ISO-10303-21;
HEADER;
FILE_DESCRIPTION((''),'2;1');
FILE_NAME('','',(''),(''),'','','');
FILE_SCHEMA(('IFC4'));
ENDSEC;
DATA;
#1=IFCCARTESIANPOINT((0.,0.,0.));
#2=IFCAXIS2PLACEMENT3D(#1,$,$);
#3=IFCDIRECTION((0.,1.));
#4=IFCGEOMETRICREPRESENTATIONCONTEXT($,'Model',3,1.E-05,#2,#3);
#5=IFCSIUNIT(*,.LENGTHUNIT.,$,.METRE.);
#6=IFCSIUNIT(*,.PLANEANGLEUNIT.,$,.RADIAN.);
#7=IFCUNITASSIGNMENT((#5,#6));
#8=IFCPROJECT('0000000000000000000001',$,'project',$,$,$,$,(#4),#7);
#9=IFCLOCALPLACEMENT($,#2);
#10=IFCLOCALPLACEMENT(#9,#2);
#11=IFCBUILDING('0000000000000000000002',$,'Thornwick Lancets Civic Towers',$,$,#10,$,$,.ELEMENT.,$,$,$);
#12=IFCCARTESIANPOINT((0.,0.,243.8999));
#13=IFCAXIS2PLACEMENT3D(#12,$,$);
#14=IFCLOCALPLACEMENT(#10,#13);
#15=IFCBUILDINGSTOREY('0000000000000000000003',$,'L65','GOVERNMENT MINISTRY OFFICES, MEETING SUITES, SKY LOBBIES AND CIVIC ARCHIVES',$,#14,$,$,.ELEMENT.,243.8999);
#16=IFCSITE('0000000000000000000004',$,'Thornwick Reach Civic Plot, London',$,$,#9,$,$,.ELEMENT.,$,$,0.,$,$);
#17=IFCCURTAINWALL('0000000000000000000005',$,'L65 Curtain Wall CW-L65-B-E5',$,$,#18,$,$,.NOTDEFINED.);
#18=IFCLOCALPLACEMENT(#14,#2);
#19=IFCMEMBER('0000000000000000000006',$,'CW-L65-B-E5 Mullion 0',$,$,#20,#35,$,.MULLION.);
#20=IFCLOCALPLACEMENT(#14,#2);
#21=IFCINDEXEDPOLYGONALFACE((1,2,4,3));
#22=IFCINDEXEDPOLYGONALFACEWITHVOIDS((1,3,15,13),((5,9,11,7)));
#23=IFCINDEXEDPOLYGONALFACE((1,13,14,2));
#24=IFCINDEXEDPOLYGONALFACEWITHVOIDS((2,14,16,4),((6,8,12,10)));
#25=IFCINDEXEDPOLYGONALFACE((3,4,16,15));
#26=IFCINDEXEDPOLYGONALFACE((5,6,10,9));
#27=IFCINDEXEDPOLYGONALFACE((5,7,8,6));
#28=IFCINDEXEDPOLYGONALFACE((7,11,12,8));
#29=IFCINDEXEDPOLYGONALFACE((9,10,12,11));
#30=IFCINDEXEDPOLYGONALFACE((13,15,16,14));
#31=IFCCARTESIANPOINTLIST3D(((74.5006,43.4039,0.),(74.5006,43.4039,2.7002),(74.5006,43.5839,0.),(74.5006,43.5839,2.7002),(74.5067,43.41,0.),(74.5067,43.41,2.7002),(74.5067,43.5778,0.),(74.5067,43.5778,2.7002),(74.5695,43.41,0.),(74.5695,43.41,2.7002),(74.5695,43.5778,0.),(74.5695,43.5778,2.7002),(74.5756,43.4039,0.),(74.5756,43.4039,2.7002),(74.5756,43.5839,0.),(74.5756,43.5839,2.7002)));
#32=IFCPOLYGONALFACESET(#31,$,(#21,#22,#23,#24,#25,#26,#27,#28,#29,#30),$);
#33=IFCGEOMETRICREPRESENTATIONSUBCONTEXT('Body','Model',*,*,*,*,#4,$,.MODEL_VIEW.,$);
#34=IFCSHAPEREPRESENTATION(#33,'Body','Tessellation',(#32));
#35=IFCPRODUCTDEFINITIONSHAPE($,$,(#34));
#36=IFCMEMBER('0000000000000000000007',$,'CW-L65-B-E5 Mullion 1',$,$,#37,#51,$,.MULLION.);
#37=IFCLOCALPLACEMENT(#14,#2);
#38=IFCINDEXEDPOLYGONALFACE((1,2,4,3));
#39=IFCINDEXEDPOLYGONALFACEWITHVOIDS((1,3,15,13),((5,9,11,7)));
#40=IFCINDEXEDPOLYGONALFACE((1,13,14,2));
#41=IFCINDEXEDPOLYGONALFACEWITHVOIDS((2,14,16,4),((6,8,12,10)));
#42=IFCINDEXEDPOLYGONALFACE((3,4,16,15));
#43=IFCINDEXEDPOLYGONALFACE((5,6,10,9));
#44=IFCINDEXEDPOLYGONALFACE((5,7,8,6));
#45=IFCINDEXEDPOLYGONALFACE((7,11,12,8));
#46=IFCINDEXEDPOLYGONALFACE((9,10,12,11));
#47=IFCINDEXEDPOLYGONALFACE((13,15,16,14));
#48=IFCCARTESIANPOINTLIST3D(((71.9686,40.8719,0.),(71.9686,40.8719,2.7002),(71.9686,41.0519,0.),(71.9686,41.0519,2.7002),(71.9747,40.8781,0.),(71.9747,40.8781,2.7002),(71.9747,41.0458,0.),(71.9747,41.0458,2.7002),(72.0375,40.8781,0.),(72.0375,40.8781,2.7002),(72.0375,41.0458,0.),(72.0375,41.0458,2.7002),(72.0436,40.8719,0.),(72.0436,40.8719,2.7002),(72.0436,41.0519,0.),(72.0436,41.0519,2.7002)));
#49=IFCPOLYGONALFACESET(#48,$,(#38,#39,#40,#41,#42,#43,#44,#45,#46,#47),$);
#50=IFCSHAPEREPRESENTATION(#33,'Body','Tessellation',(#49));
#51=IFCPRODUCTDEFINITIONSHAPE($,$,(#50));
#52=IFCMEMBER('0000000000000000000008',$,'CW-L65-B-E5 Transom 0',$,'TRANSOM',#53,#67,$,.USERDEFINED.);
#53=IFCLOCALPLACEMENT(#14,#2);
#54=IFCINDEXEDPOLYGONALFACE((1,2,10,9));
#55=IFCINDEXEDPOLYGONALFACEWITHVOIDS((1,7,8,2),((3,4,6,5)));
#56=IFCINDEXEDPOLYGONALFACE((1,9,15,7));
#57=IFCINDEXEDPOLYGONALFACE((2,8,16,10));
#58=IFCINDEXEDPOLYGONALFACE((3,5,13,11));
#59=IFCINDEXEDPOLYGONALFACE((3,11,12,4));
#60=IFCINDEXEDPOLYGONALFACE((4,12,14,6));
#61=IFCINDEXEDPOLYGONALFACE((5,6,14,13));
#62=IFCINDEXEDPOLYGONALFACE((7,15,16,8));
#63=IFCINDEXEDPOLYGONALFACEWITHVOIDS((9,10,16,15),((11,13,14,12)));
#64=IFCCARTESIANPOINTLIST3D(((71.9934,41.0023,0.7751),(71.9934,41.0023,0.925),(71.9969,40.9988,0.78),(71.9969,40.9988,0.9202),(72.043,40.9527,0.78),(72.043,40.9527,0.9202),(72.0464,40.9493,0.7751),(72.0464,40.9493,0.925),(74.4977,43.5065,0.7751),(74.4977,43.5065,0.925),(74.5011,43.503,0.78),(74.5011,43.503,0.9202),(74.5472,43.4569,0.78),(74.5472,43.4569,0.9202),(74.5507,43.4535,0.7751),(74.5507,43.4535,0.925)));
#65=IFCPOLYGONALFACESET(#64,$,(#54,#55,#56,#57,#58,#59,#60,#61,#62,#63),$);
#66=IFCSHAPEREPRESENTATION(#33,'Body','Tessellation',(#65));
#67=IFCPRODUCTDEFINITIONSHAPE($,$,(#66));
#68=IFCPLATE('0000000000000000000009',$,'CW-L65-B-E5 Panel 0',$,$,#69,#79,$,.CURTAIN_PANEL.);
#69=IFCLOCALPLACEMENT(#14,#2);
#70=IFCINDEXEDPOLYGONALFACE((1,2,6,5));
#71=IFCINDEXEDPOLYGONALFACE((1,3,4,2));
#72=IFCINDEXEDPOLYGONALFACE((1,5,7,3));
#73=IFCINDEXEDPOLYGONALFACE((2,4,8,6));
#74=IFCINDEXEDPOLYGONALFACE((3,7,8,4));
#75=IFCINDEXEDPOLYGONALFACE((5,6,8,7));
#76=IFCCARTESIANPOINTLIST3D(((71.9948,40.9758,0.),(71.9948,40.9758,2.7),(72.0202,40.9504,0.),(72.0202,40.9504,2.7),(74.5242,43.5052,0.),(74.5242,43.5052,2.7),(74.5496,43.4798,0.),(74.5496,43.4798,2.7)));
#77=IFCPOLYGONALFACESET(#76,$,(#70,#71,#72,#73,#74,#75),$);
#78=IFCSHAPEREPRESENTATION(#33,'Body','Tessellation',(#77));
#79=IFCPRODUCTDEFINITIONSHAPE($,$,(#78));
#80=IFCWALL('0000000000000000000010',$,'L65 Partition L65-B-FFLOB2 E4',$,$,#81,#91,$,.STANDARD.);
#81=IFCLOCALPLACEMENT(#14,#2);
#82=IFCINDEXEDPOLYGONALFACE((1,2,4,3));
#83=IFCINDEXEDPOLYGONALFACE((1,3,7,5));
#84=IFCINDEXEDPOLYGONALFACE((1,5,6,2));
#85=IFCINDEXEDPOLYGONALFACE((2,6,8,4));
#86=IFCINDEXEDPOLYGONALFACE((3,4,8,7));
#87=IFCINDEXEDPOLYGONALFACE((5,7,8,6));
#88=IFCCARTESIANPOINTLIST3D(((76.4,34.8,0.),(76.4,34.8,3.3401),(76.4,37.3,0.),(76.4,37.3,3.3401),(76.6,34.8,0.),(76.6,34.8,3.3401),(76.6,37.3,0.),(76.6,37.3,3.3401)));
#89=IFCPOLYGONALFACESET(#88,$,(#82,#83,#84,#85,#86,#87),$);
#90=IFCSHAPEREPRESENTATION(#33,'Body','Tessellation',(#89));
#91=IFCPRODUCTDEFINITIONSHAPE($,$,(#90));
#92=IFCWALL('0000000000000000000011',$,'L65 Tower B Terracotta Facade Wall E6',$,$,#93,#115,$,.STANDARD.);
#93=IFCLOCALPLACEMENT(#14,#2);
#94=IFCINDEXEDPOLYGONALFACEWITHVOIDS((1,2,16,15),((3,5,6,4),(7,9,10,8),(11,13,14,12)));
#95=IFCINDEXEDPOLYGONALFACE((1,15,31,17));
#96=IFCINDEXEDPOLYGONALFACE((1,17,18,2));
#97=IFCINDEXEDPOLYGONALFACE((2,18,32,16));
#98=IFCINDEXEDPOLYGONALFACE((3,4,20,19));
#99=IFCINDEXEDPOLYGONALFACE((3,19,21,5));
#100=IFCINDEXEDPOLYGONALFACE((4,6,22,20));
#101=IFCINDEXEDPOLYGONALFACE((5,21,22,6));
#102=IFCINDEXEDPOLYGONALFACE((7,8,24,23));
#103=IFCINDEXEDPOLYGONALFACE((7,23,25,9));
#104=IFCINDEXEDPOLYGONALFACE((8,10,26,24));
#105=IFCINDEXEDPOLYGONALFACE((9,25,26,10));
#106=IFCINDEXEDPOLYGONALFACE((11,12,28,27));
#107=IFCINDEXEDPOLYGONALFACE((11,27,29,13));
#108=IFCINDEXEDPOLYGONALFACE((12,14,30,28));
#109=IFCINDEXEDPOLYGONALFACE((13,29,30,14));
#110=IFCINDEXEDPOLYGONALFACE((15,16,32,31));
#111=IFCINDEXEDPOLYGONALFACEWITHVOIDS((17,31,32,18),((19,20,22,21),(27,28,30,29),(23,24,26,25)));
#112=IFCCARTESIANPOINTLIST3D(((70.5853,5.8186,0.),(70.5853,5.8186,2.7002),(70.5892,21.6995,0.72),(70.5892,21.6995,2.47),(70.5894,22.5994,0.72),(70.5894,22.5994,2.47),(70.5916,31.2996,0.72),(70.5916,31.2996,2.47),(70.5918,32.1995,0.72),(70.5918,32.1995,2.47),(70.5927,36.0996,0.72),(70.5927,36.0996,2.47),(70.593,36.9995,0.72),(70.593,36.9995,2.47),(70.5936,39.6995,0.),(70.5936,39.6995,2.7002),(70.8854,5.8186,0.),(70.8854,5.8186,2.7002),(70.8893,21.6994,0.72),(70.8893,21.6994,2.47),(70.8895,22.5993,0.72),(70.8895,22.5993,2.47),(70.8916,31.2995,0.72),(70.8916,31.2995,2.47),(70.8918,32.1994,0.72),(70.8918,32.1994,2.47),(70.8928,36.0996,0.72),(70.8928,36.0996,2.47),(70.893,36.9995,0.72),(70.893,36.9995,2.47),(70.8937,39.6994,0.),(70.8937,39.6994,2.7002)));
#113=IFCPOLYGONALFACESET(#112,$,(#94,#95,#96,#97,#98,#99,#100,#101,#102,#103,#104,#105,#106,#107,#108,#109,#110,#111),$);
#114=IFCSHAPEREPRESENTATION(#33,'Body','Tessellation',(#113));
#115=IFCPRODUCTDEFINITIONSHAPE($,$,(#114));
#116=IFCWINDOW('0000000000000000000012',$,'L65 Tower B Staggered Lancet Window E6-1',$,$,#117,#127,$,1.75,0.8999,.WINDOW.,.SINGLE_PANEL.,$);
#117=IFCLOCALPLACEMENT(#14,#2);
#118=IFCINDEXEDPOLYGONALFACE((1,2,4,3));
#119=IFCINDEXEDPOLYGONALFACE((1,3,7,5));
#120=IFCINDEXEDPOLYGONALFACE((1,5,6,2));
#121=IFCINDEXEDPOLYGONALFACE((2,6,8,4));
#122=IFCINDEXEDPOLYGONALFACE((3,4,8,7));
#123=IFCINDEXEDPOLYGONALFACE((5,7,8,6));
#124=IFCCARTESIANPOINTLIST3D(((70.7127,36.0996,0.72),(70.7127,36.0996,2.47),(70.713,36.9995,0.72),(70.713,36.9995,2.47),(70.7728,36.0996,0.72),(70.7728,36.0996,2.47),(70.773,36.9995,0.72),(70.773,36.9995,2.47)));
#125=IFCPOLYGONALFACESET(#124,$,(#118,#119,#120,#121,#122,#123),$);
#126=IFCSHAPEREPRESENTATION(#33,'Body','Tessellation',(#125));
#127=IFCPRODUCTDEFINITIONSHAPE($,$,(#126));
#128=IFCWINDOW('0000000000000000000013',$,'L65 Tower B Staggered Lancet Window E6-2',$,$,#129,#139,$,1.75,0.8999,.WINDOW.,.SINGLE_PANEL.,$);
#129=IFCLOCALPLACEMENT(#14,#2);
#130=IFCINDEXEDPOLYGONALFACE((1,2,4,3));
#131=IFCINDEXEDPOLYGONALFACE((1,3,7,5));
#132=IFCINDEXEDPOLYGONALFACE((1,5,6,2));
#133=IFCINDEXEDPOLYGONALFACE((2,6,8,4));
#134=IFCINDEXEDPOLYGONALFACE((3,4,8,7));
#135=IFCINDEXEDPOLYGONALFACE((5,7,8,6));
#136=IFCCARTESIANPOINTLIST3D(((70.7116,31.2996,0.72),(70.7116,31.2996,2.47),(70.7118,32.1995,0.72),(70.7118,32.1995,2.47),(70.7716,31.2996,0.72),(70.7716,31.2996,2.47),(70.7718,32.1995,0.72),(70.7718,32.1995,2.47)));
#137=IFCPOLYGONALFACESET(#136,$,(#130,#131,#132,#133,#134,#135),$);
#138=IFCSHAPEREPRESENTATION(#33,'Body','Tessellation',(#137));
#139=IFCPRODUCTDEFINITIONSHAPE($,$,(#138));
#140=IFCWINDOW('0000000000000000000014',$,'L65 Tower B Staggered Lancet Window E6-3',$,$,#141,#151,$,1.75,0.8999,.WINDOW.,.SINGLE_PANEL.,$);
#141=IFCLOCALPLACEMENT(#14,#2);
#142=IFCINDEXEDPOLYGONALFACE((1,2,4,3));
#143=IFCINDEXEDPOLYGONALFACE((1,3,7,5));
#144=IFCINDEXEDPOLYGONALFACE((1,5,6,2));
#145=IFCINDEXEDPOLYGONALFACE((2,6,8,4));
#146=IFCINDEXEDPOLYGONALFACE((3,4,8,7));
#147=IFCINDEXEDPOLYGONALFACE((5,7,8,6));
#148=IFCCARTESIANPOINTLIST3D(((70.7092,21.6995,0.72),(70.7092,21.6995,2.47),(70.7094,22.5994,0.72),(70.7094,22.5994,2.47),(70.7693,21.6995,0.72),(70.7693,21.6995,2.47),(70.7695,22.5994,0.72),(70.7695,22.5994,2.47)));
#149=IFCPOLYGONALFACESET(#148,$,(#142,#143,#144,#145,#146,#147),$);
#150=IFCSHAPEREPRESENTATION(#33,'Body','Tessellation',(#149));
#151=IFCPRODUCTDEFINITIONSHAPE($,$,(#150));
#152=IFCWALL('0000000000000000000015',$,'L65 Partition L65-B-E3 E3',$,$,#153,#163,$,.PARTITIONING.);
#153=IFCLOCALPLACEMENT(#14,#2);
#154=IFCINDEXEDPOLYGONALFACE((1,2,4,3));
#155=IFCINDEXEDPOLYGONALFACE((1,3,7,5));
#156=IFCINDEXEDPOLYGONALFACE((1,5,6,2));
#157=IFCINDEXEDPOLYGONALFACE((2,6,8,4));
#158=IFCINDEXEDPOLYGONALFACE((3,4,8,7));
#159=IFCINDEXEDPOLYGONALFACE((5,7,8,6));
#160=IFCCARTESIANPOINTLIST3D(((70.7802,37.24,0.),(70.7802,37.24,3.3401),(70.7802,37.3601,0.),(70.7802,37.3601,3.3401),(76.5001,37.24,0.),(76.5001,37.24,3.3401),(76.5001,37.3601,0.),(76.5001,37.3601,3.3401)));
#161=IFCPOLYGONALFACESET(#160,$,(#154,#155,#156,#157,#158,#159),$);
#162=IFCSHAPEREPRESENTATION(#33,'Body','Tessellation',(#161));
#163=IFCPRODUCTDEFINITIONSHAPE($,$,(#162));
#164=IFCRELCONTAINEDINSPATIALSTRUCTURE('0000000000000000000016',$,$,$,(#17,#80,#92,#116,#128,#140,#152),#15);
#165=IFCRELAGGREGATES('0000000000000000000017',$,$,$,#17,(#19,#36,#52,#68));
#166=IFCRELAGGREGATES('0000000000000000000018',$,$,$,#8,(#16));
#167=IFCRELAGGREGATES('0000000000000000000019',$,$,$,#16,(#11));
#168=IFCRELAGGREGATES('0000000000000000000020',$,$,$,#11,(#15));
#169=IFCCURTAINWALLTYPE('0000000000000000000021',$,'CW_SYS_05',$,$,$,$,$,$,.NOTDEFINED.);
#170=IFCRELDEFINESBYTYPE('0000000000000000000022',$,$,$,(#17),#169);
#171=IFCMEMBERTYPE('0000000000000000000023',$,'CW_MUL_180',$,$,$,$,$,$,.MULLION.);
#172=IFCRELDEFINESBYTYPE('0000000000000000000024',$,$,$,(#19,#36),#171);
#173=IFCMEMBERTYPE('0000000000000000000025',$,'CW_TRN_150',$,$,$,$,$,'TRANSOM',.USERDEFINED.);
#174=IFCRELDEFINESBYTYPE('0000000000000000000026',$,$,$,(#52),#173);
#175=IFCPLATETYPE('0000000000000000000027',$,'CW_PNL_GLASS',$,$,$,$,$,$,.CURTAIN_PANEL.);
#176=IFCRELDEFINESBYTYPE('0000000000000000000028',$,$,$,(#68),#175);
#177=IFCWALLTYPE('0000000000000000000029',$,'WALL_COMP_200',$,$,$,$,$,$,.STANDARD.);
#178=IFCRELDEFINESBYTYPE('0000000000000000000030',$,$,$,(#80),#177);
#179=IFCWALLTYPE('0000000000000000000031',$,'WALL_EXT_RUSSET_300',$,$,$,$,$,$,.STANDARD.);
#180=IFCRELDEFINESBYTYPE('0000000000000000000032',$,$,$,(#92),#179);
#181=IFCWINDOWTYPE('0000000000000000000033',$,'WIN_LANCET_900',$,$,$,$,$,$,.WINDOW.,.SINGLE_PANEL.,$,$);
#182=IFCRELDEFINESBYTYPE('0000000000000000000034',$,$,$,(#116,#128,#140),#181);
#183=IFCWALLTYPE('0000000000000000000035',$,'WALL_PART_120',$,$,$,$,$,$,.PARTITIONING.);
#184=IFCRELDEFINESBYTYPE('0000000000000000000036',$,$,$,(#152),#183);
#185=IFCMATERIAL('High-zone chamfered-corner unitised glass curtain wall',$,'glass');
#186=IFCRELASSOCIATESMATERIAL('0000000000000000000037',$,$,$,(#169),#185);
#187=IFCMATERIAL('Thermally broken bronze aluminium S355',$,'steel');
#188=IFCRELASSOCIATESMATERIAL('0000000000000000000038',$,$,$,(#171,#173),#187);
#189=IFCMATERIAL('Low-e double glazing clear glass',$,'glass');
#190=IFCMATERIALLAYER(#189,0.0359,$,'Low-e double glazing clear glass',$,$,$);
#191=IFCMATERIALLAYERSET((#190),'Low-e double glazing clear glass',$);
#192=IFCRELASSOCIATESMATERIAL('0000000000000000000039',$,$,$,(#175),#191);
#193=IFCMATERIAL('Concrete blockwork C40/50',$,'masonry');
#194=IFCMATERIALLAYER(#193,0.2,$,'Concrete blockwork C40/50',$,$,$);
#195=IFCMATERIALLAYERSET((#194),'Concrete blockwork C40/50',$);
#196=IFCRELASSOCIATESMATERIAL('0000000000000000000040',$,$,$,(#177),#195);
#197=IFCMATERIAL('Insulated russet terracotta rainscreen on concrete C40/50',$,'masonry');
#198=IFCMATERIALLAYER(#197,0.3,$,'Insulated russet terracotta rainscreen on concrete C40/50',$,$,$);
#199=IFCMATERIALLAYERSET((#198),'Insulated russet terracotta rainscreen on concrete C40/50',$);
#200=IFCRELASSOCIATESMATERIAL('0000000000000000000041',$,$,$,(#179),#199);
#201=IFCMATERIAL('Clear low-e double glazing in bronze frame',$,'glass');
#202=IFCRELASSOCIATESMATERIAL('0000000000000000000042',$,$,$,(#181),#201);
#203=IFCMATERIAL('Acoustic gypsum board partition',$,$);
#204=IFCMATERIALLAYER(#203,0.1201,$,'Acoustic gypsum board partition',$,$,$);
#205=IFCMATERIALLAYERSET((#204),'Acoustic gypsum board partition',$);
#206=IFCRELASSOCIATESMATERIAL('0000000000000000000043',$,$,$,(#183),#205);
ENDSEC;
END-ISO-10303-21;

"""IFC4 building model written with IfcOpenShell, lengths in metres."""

from ifc_helpers import new_model, si_unit, direction, frame, frame_2d, origin, origin_2d, place, context, subcontext, project, spatial, rectangle, hollow_rectangle, extrude, material, layer, layer_set, material_profile, profile_set, type_object, element, fill, aggregate, save


model = new_model("IFC4")

# Units and contexts
model_context = context("Model", 3, precision=1e-05, world=origin(), true_north=direction((0.0, 1.0)))
body_context = subcontext(model_context, "Body", "Model", "MODEL_VIEW")
ifc_project = project(units=[si_unit("LENGTHUNIT", "METRE"), si_unit("PLANEANGLEUNIT", "RADIAN")], contexts=[model_context])

# Site, building, storey
site_placement = place(None, origin())
site = spatial("IfcSite", under=ifc_project, at=site_placement, Name="Thornwick Reach Civic Plot, London", CompositionType="ELEMENT", RefElevation=0.0)
building_placement = place(site_placement, origin())
building = spatial("IfcBuilding", under=site, at=building_placement, Name="Thornwick Lancets Civic Towers", CompositionType="ELEMENT")
storey_placement = place(building_placement, frame((0.0, 0.0, 243.8999)))
storey = spatial("IfcBuildingStorey", under=building, at=storey_placement, Name="L65", Description="GOVERNMENT MINISTRY OFFICES, MEETING SUITES, SKY LOBBIES AND CIVIC ARCHIVES", CompositionType="ELEMENT", Elevation=243.8999)

# Curtain wall, members, plate
ifc_material_1 = material(Name="High-zone chamfered-corner unitised glass curtain wall", Category="glass")
curtain_wall_type = type_object("IfcCurtainWallType", Name="CW_SYS_05", PredefinedType="NOTDEFINED", material=ifc_material_1)
curtain_wall_placement = place(storey_placement, origin())
curtain_wall = element("IfcCurtainWall", 1, at=curtain_wall_placement, inside=storey, type_object=curtain_wall_type, Name="L65 Curtain Wall CW-L65-B-E5", PredefinedType="NOTDEFINED")
ifc_material_2 = material(Name="Thermally broken bronze aluminium S355", Category="steel")
ifc_material_profile_1 = material_profile(ifc_material_2, hollow_rectangle(XDim=0.075, YDim=0.1799, WallThickness=0.0061, at=origin_2d()), Name="RHS 180x75x6")
ifc_profile_set_1 = profile_set([ifc_material_profile_1], Name="Thermally broken bronze aluminium S355")
member_type_1 = type_object("IfcMemberType", Name="CW_MUL_180", PredefinedType="MULLION", material=ifc_profile_set_1)
member_1_placement = place(storey_placement, frame((74.5381, 43.4939, 0.0), z_axis=(0.0, 0.0, 1.0), x_axis=(1.0, 0.0, 0.0)))
member_1 = element("IfcMember", 2, at=member_1_placement, type_object=member_type_1, Name="CW-L65-B-E5 Mullion 0", PredefinedType="MULLION", context=body_context, shape_type="SweptSolid", body=[
    extrude(hollow_rectangle(XDim=0.075, YDim=0.1799, WallThickness=0.0061, at=origin_2d()), origin(), (0.0, 0.0, 1.0), 2.7002),
])
member_2_placement = place(storey_placement, frame((72.0061, 40.9619, 0.0), z_axis=(0.0, 0.0, 1.0), x_axis=(1.0, 0.0, 0.0)))
member_2 = element("IfcMember", 3, at=member_2_placement, type_object=member_type_1, Name="CW-L65-B-E5 Mullion 1", PredefinedType="MULLION", context=body_context, shape_type="SweptSolid", body=[
    extrude(hollow_rectangle(XDim=0.075, YDim=0.1799, WallThickness=0.0061, at=origin_2d()), origin(), (0.0, 0.0, 1.0), 2.7002),
])
ifc_material_profile_2 = material_profile(ifc_material_2, hollow_rectangle(XDim=0.075, YDim=0.1499, WallThickness=0.0049, at=origin_2d()), Name="RHS 150x75x5")
ifc_profile_set_2 = profile_set([ifc_material_profile_2], Name="Thermally broken bronze aluminium S355")
member_type_2 = type_object("IfcMemberType", Name="CW_TRN_150", ElementType="TRANSOM", PredefinedType="USERDEFINED", material=ifc_profile_set_2)
member_3_placement = place(storey_placement, frame((74.5242, 43.48, 0.8501), z_axis=(-0.707107, -0.707107, 0.0), x_axis=(0.707107, -0.707107, 0.0)))
member_3 = element("IfcMember", 4, at=member_3_placement, type_object=member_type_2, Name="CW-L65-B-E5 Transom 0", ObjectType="TRANSOM", PredefinedType="USERDEFINED", context=body_context, shape_type="SweptSolid", body=[
    extrude(hollow_rectangle(XDim=0.075, YDim=0.1499, WallThickness=0.0049, at=origin_2d()), origin(), (0.0, 0.0, 1.0), 3.5415),
])
ifc_material_3 = material(Name="Low-e double glazing clear glass", Category="glass")
ifc_layer_1 = layer(ifc_material_3, 0.0359, Name="Low-e double glazing clear glass")
ifc_layer_set_1 = layer_set([ifc_layer_1], Name="Low-e double glazing clear glass")
plate_type = type_object("IfcPlateType", Name="CW_PNL_GLASS", PredefinedType="CURTAIN_PANEL", material=ifc_layer_set_1)
plate_placement = place(storey_placement, frame((73.2722, 42.2278, 0.0), z_axis=(0.0, 0.0, 1.0), x_axis=(-0.707107, -0.707107, 0.0)))
plate = element("IfcPlate", 5, at=plate_placement, type_object=plate_type, Name="CW-L65-B-E5 Panel 0", PredefinedType="CURTAIN_PANEL", context=body_context, shape_type="SweptSolid", body=[
    extrude(rectangle(XDim=3.5771, YDim=0.0359, at=origin_2d()), origin(), (0.0, 0.0, 1.0), 2.7),
])
aggregate(curtain_wall, [member_1, member_2, member_3, plate])

# Wall
ifc_material_4 = material(Name="Concrete blockwork C40/50", Category="masonry")
ifc_layer_2 = layer(ifc_material_4, 0.2, Name="Concrete blockwork C40/50")
ifc_layer_set_2 = layer_set([ifc_layer_2], Name="Concrete blockwork C40/50")
wall_type_1 = type_object("IfcWallType", Name="WALL_COMP_200", PredefinedType="STANDARD", material=ifc_layer_set_2)
wall_1_placement = place(storey_placement, frame((76.5, 37.3, 0.0), z_axis=(0.0, 0.0, 1.0), x_axis=(0.0, -1.0, 0.0)))
element("IfcWall", 6, at=wall_1_placement, inside=storey, type_object=wall_type_1, Name="L65 Partition L65-B-FFLOB2 E4", PredefinedType="STANDARD", context=body_context, shape_type="SweptSolid", body=[
    extrude(rectangle(XDim=2.5, YDim=0.2, at=frame_2d((1.25, 0.0))), origin(), (0.0, 0.0, 1.0), 3.3401),
])

# Wall, openings, windows
ifc_material_5 = material(Name="Insulated russet terracotta rainscreen on concrete C40/50", Category="masonry")
ifc_layer_3 = layer(ifc_material_5, 0.3, Name="Insulated russet terracotta rainscreen on concrete C40/50")
ifc_layer_set_3 = layer_set([ifc_layer_3], Name="Insulated russet terracotta rainscreen on concrete C40/50")
wall_type_2 = type_object("IfcWallType", Name="WALL_EXT_RUSSET_300", PredefinedType="STANDARD", material=ifc_layer_set_3)
wall_2_placement = place(storey_placement, frame((70.7437, 39.6995, 0.0), z_axis=(0.0, 0.0, 1.0), x_axis=(-0.000245, -1.0, 0.0)))
wall_2 = element("IfcWall", 7, at=wall_2_placement, inside=storey, type_object=wall_type_2, Name="L65 Tower B Terracotta Facade Wall E6", PredefinedType="STANDARD", context=body_context, shape_type="SweptSolid", body=[
    extrude(rectangle(XDim=33.8809, YDim=0.3, at=frame_2d((16.9404, 0.0))), origin(), (0.0, 0.0, 1.0), 2.7002),
])
opening_1_placement = place(wall_2_placement, frame((2.7, 0.0, 0.72)))
opening_1 = element("IfcOpeningElement", 8, at=opening_1_placement, cuts=wall_2, PredefinedType="OPENING", context=body_context, shape_type="SweptSolid", body=[
    extrude(rectangle(XDim=0.8999, YDim=1.75, at=frame_2d((0.45, 0.875))), frame((0.0, 0.1602, 0.0), z_axis=(0.0, -1.0, 0.0), x_axis=(1.0, 0.0, 0.0)), (0.0, 0.0, 1.0), 0.3201),
])
opening_2_placement = place(wall_2_placement, frame((7.5, 0.0, 0.72)))
opening_2 = element("IfcOpeningElement", 9, at=opening_2_placement, cuts=wall_2, PredefinedType="OPENING", context=body_context, shape_type="SweptSolid", body=[
    extrude(rectangle(XDim=0.8999, YDim=1.75, at=frame_2d((0.45, 0.875))), frame((0.0, 0.1602, 0.0), z_axis=(0.0, -1.0, 0.0), x_axis=(1.0, 0.0, 0.0)), (0.0, 0.0, 1.0), 0.3201),
])
opening_3_placement = place(wall_2_placement, frame((17.1001, 0.0, 0.72)))
opening_3 = element("IfcOpeningElement", 10, at=opening_3_placement, cuts=wall_2, PredefinedType="OPENING", context=body_context, shape_type="SweptSolid", body=[
    extrude(rectangle(XDim=0.8999, YDim=1.75, at=frame_2d((0.45, 0.875))), frame((0.0, 0.1602, 0.0), z_axis=(0.0, -1.0, 0.0), x_axis=(1.0, 0.0, 0.0)), (0.0, 0.0, 1.0), 0.3201),
])
ifc_material_6 = material(Name="Clear low-e double glazing in bronze frame", Category="glass")
window_type = type_object("IfcWindowType", Name="WIN_LANCET_900", PartitioningType="SINGLE_PANEL", PredefinedType="WINDOW", material=ifc_material_6)
window_1_placement = place(opening_1_placement, origin())
window_1 = element("IfcWindow", 11, at=window_1_placement, inside=storey, type_object=window_type, Name="L65 Tower B Staggered Lancet Window E6-1", OverallHeight=1.75, OverallWidth=0.8999, PartitioningType="SINGLE_PANEL", PredefinedType="WINDOW", context=body_context, shape_type="SweptSolid", body=[
    extrude(rectangle(XDim=0.8999, YDim=1.75, at=frame_2d((0.45, 0.875))), frame((0.0, 0.03, 0.0), z_axis=(0.0, -1.0, 0.0), x_axis=(1.0, 0.0, 0.0)), (0.0, 0.0, 1.0), 0.0601),
])
fill(opening_1, window_1)
window_2_placement = place(opening_2_placement, origin())
window_2 = element("IfcWindow", 12, at=window_2_placement, inside=storey, type_object=window_type, Name="L65 Tower B Staggered Lancet Window E6-2", OverallHeight=1.75, OverallWidth=0.8999, PartitioningType="SINGLE_PANEL", PredefinedType="WINDOW", context=body_context, shape_type="SweptSolid", body=[
    extrude(rectangle(XDim=0.8999, YDim=1.75, at=frame_2d((0.45, 0.875))), frame((0.0, 0.03, 0.0), z_axis=(0.0, -1.0, 0.0), x_axis=(1.0, 0.0, 0.0)), (0.0, 0.0, 1.0), 0.0601),
])
fill(opening_2, window_2)
window_3_placement = place(opening_3_placement, origin())
window_3 = element("IfcWindow", 13, at=window_3_placement, inside=storey, type_object=window_type, Name="L65 Tower B Staggered Lancet Window E6-3", OverallHeight=1.75, OverallWidth=0.8999, PartitioningType="SINGLE_PANEL", PredefinedType="WINDOW", context=body_context, shape_type="SweptSolid", body=[
    extrude(rectangle(XDim=0.8999, YDim=1.75, at=frame_2d((0.45, 0.875))), frame((0.0, 0.03, 0.0), z_axis=(0.0, -1.0, 0.0), x_axis=(1.0, 0.0, 0.0)), (0.0, 0.0, 1.0), 0.0601),
])
fill(opening_3, window_3)

# Wall
ifc_material_7 = material(Name="Acoustic gypsum board partition")
ifc_layer_4 = layer(ifc_material_7, 0.1201, Name="Acoustic gypsum board partition")
ifc_layer_set_4 = layer_set([ifc_layer_4], Name="Acoustic gypsum board partition")
wall_type_3 = type_object("IfcWallType", Name="WALL_PART_120", PredefinedType="PARTITIONING", material=ifc_layer_set_4)
wall_3_placement = place(storey_placement, frame((76.5, 37.3, 0.0), z_axis=(0.0, 0.0, 1.0), x_axis=(-1.0, 0.0, 0.0)))
element("IfcWall", 14, at=wall_3_placement, inside=storey, type_object=wall_type_3, Name="L65 Partition L65-B-E3 E3", PredefinedType="PARTITIONING", context=body_context, shape_type="SweptSolid", body=[
    extrude(rectangle(XDim=5.72, YDim=0.1201, at=frame_2d((2.8599, 0.0))), origin(), (0.0, 0.0, 1.0), 3.3401),
])

save(model, "model.ifc")
